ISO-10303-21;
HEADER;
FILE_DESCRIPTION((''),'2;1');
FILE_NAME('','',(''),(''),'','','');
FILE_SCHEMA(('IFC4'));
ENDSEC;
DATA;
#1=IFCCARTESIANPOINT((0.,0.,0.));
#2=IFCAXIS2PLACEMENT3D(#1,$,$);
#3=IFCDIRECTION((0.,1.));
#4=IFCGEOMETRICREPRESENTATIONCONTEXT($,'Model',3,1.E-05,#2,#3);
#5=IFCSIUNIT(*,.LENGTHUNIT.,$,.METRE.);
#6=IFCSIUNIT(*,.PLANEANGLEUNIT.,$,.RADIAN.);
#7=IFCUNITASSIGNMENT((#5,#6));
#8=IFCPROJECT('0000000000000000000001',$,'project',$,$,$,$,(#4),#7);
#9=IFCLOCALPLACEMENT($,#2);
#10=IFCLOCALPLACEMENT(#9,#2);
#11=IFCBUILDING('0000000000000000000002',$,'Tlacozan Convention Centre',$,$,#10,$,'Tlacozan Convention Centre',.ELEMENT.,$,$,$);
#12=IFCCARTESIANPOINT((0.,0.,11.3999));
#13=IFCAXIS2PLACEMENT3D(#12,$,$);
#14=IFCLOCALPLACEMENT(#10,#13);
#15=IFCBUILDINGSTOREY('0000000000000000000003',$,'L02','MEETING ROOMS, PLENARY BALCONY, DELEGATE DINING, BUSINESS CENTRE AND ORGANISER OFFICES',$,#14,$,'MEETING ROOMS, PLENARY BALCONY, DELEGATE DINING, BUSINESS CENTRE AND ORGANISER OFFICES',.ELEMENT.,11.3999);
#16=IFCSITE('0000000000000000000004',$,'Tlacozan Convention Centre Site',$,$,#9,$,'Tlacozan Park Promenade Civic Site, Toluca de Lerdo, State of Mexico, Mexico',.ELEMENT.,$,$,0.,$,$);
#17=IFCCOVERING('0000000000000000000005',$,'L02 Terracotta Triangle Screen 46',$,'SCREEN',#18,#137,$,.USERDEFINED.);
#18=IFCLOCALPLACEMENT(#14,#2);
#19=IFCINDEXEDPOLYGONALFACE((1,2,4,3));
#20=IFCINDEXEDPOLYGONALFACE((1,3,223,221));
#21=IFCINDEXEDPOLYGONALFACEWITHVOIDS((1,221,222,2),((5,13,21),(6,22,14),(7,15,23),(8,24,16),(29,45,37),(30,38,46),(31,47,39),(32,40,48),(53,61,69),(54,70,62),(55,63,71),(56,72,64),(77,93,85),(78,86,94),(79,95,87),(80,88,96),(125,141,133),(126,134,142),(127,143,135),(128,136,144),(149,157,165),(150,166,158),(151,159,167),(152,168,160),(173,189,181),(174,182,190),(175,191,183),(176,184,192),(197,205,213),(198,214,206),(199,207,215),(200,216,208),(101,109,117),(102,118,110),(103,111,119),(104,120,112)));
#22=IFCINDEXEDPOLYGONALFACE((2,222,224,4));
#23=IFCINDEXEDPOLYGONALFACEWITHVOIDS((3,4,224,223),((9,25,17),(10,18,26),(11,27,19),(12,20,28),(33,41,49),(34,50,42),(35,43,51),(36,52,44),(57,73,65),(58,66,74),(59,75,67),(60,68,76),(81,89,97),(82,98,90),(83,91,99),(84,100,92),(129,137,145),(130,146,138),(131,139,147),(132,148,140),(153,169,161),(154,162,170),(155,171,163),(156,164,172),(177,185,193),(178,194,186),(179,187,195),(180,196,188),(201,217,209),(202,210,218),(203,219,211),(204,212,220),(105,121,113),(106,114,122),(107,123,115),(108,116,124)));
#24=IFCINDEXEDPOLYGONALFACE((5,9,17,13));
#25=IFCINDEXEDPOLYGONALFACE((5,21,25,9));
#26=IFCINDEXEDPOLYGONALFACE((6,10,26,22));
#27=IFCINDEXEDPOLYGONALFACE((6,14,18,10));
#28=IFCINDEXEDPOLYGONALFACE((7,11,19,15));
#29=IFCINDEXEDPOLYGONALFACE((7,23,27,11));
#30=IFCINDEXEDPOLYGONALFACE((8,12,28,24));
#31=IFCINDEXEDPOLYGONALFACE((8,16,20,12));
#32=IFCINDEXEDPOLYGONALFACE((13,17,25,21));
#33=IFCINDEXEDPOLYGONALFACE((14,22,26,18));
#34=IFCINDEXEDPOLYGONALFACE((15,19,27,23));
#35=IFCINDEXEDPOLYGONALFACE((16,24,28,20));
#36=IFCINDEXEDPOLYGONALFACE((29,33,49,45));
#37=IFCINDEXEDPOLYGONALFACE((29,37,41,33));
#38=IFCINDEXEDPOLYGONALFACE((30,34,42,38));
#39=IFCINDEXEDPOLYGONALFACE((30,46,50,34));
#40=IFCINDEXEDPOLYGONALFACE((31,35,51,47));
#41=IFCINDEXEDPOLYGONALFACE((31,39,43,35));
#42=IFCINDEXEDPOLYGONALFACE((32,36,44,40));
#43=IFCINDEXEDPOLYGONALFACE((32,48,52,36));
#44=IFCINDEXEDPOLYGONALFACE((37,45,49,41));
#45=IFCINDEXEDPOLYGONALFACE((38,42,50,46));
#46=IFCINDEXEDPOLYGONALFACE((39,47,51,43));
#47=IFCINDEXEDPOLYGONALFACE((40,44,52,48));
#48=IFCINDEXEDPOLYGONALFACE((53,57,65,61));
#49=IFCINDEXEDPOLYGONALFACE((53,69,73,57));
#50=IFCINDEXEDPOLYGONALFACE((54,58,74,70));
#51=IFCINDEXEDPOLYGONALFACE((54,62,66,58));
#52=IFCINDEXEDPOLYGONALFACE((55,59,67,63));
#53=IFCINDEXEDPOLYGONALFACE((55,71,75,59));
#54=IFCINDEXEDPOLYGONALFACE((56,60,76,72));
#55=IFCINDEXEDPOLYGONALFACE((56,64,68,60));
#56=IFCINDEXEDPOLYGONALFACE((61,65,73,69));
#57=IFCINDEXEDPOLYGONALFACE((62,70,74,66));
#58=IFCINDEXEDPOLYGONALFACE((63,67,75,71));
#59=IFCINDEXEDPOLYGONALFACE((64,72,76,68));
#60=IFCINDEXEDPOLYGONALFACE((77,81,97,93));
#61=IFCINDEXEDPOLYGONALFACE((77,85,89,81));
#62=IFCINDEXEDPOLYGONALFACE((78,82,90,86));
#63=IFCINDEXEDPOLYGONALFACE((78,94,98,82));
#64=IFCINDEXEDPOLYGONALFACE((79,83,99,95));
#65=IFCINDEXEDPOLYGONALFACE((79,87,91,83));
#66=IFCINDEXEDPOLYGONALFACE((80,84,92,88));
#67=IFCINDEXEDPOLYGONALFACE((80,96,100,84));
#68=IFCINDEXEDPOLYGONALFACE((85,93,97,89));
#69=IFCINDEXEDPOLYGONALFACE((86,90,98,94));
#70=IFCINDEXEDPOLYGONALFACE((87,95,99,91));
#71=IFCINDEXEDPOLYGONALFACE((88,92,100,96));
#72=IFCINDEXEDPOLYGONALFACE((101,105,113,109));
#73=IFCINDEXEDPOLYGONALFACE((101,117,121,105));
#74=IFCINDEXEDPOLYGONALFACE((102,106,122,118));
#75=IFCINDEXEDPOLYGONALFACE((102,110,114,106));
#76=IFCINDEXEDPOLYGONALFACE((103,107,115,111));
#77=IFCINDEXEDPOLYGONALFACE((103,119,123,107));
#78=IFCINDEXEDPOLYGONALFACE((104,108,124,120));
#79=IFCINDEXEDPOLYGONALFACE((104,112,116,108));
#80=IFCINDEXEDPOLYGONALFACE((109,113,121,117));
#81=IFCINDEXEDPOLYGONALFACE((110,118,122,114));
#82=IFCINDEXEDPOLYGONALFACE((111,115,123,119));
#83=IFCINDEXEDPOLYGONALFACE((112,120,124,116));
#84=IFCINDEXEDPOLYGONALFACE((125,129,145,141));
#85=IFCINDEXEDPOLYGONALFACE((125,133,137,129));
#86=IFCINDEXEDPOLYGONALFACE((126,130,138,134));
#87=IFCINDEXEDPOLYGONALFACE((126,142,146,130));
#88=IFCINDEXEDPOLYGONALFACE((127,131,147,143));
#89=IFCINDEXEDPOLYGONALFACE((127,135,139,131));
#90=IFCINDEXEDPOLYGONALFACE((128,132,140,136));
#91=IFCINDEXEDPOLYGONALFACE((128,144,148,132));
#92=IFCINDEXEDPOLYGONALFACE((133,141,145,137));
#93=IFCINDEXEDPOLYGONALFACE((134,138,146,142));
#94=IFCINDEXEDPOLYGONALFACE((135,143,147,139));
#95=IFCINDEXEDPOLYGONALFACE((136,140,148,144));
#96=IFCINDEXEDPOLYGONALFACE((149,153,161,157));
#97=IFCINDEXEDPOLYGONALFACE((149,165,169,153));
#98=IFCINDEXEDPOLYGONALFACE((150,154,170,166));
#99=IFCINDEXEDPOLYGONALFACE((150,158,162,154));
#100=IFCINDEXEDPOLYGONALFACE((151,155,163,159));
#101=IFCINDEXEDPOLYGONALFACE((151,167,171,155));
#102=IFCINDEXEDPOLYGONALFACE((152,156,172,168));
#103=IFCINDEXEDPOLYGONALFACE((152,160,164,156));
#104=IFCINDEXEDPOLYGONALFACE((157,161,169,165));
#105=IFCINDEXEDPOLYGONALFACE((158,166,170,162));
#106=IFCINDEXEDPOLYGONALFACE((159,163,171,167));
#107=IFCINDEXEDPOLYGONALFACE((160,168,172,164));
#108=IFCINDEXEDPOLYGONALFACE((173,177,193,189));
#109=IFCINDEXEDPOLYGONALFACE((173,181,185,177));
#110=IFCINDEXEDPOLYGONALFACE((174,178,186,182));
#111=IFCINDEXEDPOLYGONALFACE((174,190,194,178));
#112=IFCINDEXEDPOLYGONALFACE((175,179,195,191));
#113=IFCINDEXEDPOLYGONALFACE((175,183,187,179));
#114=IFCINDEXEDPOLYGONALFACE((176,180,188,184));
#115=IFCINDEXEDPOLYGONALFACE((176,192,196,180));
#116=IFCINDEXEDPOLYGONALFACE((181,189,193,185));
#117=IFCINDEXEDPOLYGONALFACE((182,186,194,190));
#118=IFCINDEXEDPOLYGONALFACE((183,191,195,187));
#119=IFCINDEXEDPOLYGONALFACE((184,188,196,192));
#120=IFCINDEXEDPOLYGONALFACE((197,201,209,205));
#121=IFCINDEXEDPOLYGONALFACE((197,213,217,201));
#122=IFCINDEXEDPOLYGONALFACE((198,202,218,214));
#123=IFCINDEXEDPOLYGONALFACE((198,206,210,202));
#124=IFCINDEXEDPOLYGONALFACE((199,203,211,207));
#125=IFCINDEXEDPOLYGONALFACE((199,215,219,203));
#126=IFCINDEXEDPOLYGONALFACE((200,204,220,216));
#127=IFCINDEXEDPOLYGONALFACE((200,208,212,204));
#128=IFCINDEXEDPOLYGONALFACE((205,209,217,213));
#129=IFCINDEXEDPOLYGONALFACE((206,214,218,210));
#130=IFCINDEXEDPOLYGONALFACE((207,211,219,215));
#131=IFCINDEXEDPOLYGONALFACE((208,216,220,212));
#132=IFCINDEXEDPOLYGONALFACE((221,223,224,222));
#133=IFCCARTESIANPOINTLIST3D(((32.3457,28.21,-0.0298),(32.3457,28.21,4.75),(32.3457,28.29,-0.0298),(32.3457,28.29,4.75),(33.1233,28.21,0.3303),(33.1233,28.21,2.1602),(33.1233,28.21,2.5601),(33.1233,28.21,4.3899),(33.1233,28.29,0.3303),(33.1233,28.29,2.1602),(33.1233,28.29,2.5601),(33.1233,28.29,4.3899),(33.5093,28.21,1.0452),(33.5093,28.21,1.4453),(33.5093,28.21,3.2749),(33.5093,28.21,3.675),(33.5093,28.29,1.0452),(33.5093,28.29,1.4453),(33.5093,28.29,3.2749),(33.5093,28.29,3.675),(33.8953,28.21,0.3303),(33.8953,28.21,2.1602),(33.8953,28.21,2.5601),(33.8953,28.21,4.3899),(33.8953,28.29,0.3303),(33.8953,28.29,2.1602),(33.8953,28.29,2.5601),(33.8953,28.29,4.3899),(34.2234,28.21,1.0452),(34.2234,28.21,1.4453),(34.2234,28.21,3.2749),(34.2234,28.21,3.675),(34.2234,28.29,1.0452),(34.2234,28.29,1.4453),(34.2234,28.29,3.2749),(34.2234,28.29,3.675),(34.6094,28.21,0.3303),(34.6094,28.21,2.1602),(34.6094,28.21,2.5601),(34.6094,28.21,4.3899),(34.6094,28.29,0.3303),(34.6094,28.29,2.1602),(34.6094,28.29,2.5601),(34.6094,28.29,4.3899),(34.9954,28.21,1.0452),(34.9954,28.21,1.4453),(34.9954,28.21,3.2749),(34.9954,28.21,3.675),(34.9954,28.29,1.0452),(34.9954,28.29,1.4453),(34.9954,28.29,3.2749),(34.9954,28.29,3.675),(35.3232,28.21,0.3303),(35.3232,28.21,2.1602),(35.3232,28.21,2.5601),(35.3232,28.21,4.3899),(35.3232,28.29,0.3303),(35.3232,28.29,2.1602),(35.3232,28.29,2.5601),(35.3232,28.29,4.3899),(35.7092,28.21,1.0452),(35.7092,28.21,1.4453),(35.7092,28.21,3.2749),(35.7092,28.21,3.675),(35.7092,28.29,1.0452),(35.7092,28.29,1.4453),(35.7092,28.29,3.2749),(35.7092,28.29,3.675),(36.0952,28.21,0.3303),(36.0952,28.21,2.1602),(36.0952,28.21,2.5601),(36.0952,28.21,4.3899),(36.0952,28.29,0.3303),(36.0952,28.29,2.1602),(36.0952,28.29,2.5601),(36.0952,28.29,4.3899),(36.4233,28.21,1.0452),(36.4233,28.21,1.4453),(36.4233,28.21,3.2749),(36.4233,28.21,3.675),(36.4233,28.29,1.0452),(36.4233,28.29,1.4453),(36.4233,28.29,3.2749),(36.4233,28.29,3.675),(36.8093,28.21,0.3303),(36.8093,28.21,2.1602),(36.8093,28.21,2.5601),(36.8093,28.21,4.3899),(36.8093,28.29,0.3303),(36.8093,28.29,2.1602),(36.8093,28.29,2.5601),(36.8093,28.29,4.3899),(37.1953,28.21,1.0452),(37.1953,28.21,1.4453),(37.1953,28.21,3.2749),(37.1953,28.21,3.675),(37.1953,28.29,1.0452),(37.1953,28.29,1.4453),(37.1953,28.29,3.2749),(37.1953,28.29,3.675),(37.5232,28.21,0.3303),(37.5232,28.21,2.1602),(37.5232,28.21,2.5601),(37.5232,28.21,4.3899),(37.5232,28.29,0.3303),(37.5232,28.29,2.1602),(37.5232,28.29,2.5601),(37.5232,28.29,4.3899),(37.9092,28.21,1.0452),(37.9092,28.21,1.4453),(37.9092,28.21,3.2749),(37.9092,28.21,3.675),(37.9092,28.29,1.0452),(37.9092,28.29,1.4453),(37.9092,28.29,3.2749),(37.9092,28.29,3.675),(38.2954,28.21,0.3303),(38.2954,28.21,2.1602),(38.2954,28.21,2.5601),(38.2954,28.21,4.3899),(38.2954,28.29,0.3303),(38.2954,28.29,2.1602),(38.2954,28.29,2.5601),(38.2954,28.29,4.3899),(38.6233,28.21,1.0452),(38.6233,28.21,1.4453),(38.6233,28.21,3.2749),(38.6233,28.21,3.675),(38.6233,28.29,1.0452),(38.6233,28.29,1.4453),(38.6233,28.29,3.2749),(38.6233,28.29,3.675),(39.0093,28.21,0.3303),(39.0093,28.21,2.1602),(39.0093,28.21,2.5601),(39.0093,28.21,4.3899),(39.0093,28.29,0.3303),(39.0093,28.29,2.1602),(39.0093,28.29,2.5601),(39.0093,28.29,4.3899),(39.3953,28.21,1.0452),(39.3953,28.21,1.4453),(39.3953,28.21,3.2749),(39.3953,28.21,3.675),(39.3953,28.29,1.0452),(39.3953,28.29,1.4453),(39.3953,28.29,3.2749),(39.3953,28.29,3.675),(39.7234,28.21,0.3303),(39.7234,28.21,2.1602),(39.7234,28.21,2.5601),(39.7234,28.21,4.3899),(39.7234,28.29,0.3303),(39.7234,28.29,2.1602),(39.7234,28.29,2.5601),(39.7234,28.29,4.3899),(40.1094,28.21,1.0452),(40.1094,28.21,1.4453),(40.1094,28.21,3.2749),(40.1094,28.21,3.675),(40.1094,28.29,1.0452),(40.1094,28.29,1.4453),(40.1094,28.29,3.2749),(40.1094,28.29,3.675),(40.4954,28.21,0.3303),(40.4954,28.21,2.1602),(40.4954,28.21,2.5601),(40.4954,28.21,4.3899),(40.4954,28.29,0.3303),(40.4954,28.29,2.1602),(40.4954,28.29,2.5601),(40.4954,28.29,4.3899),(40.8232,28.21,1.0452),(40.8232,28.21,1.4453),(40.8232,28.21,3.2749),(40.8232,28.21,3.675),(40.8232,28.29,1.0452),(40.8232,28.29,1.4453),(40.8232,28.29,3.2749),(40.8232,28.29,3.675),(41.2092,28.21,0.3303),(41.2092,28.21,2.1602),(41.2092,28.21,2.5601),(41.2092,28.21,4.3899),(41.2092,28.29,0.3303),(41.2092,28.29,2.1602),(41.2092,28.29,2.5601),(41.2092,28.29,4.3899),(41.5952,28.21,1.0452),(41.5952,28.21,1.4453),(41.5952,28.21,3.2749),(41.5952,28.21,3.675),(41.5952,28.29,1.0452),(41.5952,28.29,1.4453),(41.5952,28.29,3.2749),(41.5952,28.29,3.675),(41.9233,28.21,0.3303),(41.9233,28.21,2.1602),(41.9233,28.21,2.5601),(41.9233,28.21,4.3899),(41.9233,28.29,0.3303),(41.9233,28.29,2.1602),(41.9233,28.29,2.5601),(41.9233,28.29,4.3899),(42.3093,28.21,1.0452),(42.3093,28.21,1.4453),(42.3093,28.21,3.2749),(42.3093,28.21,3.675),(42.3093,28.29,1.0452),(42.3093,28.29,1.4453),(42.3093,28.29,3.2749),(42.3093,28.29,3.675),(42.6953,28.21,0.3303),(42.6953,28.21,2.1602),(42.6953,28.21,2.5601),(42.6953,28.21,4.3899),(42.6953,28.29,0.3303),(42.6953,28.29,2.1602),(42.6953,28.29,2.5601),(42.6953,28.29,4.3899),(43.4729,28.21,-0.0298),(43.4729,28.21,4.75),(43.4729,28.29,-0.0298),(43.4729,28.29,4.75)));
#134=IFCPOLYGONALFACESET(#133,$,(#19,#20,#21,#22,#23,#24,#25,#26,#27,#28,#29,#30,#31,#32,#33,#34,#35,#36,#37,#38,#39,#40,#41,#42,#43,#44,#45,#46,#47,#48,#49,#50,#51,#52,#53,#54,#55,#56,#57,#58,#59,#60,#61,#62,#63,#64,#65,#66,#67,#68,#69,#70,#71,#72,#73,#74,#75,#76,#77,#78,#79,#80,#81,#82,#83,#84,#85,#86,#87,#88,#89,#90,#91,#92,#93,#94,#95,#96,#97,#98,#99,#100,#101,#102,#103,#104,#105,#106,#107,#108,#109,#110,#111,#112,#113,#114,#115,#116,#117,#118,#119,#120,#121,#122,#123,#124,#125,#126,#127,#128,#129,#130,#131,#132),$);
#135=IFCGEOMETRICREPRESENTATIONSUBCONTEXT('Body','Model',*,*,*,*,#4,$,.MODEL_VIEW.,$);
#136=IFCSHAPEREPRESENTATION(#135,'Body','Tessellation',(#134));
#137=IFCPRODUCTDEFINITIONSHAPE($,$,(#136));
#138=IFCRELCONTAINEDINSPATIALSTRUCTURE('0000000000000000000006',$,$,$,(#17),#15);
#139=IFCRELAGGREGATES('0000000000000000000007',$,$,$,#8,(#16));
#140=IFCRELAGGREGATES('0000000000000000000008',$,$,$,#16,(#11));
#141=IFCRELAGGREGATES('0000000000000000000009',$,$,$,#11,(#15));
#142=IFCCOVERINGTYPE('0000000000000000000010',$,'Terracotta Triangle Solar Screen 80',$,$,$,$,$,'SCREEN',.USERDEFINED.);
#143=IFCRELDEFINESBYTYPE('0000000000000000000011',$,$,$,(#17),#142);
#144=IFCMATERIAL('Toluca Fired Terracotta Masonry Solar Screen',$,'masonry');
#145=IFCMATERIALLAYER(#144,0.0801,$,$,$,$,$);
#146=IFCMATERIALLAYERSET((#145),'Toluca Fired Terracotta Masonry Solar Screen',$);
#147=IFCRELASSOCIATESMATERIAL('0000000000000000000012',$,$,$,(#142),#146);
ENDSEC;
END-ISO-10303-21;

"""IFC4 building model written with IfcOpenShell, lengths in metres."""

from ifc_helpers import new_model, si_unit, direction, frame, origin, place, context, subcontext, project, spatial, polyline, outline, extrude, material, layer, layer_set, type_object, element, save


model = new_model("IFC4")

# Units and contexts
model_context = context("Model", 3, precision=1e-05, world=origin(), true_north=direction((0.0, 1.0)))
body_context = subcontext(model_context, "Body", "Model", "MODEL_VIEW")
ifc_project = project(units=[si_unit("LENGTHUNIT", "METRE"), si_unit("PLANEANGLEUNIT", "RADIAN")], contexts=[model_context])

# Site, building, storey
site_placement = place(None, origin())
site = spatial("IfcSite", under=ifc_project, at=site_placement, Name="Tlacozan Convention Centre Site", LongName="Tlacozan Park Promenade Civic Site, Toluca de Lerdo, State of Mexico, Mexico", CompositionType="ELEMENT", RefElevation=0.0)
building_placement = place(site_placement, origin())
building = spatial("IfcBuilding", under=site, at=building_placement, Name="Tlacozan Convention Centre", LongName="Tlacozan Convention Centre", CompositionType="ELEMENT")
storey_placement = place(building_placement, frame((0.0, 0.0, 11.3999)))
storey = spatial("IfcBuildingStorey", under=building, at=storey_placement, Name="L02", Description="MEETING ROOMS, PLENARY BALCONY, DELEGATE DINING, BUSINESS CENTRE AND ORGANISER OFFICES", LongName="MEETING ROOMS, PLENARY BALCONY, DELEGATE DINING, BUSINESS CENTRE AND ORGANISER OFFICES", CompositionType="ELEMENT", Elevation=11.3999)

# Covering
ifc_material_1 = material(Name="Toluca Fired Terracotta Masonry Solar Screen", Category="masonry")
ifc_layer_1 = layer(ifc_material_1, 0.0801)
ifc_layer_set_1 = layer_set([ifc_layer_1], Name="Toluca Fired Terracotta Masonry Solar Screen")
covering_type = type_object("IfcCoveringType", Name="Terracotta Triangle Solar Screen 80", ElementType="SCREEN", PredefinedType="USERDEFINED", material=ifc_layer_set_1)
covering_1_placement = place(storey_placement, frame((32.3457, 28.25, -0.0298), z_axis=(0.0, 0.0, 1.0), x_axis=(1.0, 0.0, 0.0)))
element("IfcCovering", 1, at=covering_1_placement, inside=storey, type_object=covering_type, Name="L02 Terracotta Triangle Screen 46", ObjectType="SCREEN", PredefinedType="USERDEFINED", context=body_context, shape_type="SweptSolid", body=[
    extrude(outline(polyline([(0.0, 0.0), (11.1272, 0.0), (11.1272, 4.7798), (0.0, 4.7798), (0.0, 0.0)]), holes=[polyline([(0.7776, 0.3601), (1.5496, 0.3601), (1.1636, 1.075), (0.7776, 0.3601)]), polyline([(1.8777, 1.075), (2.6497, 1.075), (2.2637, 0.3601), (1.8777, 1.075)]), polyline([(2.9775, 0.3601), (3.7495, 0.3601), (3.3635, 1.075), (2.9775, 0.3601)]), polyline([(4.0776, 1.075), (4.8496, 1.075), (4.4636, 0.3601), (4.0776, 1.075)]), polyline([(5.1775, 0.3601), (5.9497, 0.3601), (5.5635, 1.075), (5.1775, 0.3601)]), polyline([(6.2776, 1.075), (7.0496, 1.075), (6.6636, 0.3601), (6.2776, 1.075)]), polyline([(7.3777, 0.3601), (8.1497, 0.3601), (7.7637, 1.075), (7.3777, 0.3601)]), polyline([(8.4775, 1.075), (9.2495, 1.075), (8.8635, 0.3601), (8.4775, 1.075)]), polyline([(9.5776, 0.3601), (10.3496, 0.3601), (9.9636, 1.075), (9.5776, 0.3601)]), polyline([(0.7776, 2.1899), (1.5496, 2.1899), (1.1636, 1.4751), (0.7776, 2.1899)]), polyline([(1.8777, 1.4751), (2.6497, 1.4751), (2.2637, 2.1899), (1.8777, 1.4751)]), polyline([(2.9775, 2.1899), (3.7495, 2.1899), (3.3635, 1.4751), (2.9775, 2.1899)]), polyline([(4.0776, 1.4751), (4.8496, 1.4751), (4.4636, 2.1899), (4.0776, 1.4751)]), polyline([(5.1775, 2.1899), (5.9497, 2.1899), (5.5635, 1.4751), (5.1775, 2.1899)]), polyline([(6.2776, 1.4751), (7.0496, 1.4751), (6.6636, 2.1899), (6.2776, 1.4751)]), polyline([(7.3777, 2.1899), (8.1497, 2.1899), (7.7637, 1.4751), (7.3777, 2.1899)]), polyline([(8.4775, 1.4751), (9.2495, 1.4751), (8.8635, 2.1899), (8.4775, 1.4751)]), polyline([(9.5776, 2.1899), (10.3496, 2.1899), (9.9636, 1.4751), (9.5776, 2.1899)]), polyline([(0.7776, 2.5898), (1.5496, 2.5898), (1.1636, 3.3047), (0.7776, 2.5898)]), polyline([(1.8777, 3.3047), (2.6497, 3.3047), (2.2637, 2.5898), (1.8777, 3.3047)]), polyline([(2.9775, 2.5898), (3.7495, 2.5898), (3.3635, 3.3047), (2.9775, 2.5898)]), polyline([(4.0776, 3.3047), (4.8496, 3.3047), (4.4636, 2.5898), (4.0776, 3.3047)]), polyline([(5.1775, 2.5898), (5.9497, 2.5898), (5.5635, 3.3047), (5.1775, 2.5898)]), polyline([(6.2776, 3.3047), (7.0496, 3.3047), (6.6636, 2.5898), (6.2776, 3.3047)]), polyline([(7.3777, 2.5898), (8.1497, 2.5898), (7.7637, 3.3047), (7.3777, 2.5898)]), polyline([(8.4775, 3.3047), (9.2495, 3.3047), (8.8635, 2.5898), (8.4775, 3.3047)]), polyline([(9.5776, 2.5898), (10.3496, 2.5898), (9.9636, 3.3047), (9.5776, 2.5898)]), polyline([(0.7776, 4.4197), (1.5496, 4.4197), (1.1636, 3.7048), (0.7776, 4.4197)]), polyline([(1.8777, 3.7048), (2.6497, 3.7048), (2.2637, 4.4197), (1.8777, 3.7048)]), polyline([(2.9775, 4.4197), (3.7495, 4.4197), (3.3635, 3.7048), (2.9775, 4.4197)]), polyline([(4.0776, 3.7048), (4.8496, 3.7048), (4.4636, 4.4197), (4.0776, 3.7048)]), polyline([(5.1775, 4.4197), (5.9497, 4.4197), (5.5635, 3.7048), (5.1775, 4.4197)]), polyline([(6.2776, 3.7048), (7.0496, 3.7048), (6.6636, 4.4197), (6.2776, 3.7048)]), polyline([(7.3777, 4.4197), (8.1497, 4.4197), (7.7637, 3.7048), (7.3777, 4.4197)]), polyline([(8.4775, 3.7048), (9.2495, 3.7048), (8.8635, 4.4197), (8.4775, 3.7048)]), polyline([(9.5776, 4.4197), (10.3496, 4.4197), (9.9636, 3.7048), (9.5776, 4.4197)])]), frame((0.0, 0.04, 0.0), z_axis=(0.0, -1.0, 0.0), x_axis=(1.0, 0.0, 0.0)), (0.0, 0.0, 1.0), 0.0801),
])

save(model, "model.ifc")
